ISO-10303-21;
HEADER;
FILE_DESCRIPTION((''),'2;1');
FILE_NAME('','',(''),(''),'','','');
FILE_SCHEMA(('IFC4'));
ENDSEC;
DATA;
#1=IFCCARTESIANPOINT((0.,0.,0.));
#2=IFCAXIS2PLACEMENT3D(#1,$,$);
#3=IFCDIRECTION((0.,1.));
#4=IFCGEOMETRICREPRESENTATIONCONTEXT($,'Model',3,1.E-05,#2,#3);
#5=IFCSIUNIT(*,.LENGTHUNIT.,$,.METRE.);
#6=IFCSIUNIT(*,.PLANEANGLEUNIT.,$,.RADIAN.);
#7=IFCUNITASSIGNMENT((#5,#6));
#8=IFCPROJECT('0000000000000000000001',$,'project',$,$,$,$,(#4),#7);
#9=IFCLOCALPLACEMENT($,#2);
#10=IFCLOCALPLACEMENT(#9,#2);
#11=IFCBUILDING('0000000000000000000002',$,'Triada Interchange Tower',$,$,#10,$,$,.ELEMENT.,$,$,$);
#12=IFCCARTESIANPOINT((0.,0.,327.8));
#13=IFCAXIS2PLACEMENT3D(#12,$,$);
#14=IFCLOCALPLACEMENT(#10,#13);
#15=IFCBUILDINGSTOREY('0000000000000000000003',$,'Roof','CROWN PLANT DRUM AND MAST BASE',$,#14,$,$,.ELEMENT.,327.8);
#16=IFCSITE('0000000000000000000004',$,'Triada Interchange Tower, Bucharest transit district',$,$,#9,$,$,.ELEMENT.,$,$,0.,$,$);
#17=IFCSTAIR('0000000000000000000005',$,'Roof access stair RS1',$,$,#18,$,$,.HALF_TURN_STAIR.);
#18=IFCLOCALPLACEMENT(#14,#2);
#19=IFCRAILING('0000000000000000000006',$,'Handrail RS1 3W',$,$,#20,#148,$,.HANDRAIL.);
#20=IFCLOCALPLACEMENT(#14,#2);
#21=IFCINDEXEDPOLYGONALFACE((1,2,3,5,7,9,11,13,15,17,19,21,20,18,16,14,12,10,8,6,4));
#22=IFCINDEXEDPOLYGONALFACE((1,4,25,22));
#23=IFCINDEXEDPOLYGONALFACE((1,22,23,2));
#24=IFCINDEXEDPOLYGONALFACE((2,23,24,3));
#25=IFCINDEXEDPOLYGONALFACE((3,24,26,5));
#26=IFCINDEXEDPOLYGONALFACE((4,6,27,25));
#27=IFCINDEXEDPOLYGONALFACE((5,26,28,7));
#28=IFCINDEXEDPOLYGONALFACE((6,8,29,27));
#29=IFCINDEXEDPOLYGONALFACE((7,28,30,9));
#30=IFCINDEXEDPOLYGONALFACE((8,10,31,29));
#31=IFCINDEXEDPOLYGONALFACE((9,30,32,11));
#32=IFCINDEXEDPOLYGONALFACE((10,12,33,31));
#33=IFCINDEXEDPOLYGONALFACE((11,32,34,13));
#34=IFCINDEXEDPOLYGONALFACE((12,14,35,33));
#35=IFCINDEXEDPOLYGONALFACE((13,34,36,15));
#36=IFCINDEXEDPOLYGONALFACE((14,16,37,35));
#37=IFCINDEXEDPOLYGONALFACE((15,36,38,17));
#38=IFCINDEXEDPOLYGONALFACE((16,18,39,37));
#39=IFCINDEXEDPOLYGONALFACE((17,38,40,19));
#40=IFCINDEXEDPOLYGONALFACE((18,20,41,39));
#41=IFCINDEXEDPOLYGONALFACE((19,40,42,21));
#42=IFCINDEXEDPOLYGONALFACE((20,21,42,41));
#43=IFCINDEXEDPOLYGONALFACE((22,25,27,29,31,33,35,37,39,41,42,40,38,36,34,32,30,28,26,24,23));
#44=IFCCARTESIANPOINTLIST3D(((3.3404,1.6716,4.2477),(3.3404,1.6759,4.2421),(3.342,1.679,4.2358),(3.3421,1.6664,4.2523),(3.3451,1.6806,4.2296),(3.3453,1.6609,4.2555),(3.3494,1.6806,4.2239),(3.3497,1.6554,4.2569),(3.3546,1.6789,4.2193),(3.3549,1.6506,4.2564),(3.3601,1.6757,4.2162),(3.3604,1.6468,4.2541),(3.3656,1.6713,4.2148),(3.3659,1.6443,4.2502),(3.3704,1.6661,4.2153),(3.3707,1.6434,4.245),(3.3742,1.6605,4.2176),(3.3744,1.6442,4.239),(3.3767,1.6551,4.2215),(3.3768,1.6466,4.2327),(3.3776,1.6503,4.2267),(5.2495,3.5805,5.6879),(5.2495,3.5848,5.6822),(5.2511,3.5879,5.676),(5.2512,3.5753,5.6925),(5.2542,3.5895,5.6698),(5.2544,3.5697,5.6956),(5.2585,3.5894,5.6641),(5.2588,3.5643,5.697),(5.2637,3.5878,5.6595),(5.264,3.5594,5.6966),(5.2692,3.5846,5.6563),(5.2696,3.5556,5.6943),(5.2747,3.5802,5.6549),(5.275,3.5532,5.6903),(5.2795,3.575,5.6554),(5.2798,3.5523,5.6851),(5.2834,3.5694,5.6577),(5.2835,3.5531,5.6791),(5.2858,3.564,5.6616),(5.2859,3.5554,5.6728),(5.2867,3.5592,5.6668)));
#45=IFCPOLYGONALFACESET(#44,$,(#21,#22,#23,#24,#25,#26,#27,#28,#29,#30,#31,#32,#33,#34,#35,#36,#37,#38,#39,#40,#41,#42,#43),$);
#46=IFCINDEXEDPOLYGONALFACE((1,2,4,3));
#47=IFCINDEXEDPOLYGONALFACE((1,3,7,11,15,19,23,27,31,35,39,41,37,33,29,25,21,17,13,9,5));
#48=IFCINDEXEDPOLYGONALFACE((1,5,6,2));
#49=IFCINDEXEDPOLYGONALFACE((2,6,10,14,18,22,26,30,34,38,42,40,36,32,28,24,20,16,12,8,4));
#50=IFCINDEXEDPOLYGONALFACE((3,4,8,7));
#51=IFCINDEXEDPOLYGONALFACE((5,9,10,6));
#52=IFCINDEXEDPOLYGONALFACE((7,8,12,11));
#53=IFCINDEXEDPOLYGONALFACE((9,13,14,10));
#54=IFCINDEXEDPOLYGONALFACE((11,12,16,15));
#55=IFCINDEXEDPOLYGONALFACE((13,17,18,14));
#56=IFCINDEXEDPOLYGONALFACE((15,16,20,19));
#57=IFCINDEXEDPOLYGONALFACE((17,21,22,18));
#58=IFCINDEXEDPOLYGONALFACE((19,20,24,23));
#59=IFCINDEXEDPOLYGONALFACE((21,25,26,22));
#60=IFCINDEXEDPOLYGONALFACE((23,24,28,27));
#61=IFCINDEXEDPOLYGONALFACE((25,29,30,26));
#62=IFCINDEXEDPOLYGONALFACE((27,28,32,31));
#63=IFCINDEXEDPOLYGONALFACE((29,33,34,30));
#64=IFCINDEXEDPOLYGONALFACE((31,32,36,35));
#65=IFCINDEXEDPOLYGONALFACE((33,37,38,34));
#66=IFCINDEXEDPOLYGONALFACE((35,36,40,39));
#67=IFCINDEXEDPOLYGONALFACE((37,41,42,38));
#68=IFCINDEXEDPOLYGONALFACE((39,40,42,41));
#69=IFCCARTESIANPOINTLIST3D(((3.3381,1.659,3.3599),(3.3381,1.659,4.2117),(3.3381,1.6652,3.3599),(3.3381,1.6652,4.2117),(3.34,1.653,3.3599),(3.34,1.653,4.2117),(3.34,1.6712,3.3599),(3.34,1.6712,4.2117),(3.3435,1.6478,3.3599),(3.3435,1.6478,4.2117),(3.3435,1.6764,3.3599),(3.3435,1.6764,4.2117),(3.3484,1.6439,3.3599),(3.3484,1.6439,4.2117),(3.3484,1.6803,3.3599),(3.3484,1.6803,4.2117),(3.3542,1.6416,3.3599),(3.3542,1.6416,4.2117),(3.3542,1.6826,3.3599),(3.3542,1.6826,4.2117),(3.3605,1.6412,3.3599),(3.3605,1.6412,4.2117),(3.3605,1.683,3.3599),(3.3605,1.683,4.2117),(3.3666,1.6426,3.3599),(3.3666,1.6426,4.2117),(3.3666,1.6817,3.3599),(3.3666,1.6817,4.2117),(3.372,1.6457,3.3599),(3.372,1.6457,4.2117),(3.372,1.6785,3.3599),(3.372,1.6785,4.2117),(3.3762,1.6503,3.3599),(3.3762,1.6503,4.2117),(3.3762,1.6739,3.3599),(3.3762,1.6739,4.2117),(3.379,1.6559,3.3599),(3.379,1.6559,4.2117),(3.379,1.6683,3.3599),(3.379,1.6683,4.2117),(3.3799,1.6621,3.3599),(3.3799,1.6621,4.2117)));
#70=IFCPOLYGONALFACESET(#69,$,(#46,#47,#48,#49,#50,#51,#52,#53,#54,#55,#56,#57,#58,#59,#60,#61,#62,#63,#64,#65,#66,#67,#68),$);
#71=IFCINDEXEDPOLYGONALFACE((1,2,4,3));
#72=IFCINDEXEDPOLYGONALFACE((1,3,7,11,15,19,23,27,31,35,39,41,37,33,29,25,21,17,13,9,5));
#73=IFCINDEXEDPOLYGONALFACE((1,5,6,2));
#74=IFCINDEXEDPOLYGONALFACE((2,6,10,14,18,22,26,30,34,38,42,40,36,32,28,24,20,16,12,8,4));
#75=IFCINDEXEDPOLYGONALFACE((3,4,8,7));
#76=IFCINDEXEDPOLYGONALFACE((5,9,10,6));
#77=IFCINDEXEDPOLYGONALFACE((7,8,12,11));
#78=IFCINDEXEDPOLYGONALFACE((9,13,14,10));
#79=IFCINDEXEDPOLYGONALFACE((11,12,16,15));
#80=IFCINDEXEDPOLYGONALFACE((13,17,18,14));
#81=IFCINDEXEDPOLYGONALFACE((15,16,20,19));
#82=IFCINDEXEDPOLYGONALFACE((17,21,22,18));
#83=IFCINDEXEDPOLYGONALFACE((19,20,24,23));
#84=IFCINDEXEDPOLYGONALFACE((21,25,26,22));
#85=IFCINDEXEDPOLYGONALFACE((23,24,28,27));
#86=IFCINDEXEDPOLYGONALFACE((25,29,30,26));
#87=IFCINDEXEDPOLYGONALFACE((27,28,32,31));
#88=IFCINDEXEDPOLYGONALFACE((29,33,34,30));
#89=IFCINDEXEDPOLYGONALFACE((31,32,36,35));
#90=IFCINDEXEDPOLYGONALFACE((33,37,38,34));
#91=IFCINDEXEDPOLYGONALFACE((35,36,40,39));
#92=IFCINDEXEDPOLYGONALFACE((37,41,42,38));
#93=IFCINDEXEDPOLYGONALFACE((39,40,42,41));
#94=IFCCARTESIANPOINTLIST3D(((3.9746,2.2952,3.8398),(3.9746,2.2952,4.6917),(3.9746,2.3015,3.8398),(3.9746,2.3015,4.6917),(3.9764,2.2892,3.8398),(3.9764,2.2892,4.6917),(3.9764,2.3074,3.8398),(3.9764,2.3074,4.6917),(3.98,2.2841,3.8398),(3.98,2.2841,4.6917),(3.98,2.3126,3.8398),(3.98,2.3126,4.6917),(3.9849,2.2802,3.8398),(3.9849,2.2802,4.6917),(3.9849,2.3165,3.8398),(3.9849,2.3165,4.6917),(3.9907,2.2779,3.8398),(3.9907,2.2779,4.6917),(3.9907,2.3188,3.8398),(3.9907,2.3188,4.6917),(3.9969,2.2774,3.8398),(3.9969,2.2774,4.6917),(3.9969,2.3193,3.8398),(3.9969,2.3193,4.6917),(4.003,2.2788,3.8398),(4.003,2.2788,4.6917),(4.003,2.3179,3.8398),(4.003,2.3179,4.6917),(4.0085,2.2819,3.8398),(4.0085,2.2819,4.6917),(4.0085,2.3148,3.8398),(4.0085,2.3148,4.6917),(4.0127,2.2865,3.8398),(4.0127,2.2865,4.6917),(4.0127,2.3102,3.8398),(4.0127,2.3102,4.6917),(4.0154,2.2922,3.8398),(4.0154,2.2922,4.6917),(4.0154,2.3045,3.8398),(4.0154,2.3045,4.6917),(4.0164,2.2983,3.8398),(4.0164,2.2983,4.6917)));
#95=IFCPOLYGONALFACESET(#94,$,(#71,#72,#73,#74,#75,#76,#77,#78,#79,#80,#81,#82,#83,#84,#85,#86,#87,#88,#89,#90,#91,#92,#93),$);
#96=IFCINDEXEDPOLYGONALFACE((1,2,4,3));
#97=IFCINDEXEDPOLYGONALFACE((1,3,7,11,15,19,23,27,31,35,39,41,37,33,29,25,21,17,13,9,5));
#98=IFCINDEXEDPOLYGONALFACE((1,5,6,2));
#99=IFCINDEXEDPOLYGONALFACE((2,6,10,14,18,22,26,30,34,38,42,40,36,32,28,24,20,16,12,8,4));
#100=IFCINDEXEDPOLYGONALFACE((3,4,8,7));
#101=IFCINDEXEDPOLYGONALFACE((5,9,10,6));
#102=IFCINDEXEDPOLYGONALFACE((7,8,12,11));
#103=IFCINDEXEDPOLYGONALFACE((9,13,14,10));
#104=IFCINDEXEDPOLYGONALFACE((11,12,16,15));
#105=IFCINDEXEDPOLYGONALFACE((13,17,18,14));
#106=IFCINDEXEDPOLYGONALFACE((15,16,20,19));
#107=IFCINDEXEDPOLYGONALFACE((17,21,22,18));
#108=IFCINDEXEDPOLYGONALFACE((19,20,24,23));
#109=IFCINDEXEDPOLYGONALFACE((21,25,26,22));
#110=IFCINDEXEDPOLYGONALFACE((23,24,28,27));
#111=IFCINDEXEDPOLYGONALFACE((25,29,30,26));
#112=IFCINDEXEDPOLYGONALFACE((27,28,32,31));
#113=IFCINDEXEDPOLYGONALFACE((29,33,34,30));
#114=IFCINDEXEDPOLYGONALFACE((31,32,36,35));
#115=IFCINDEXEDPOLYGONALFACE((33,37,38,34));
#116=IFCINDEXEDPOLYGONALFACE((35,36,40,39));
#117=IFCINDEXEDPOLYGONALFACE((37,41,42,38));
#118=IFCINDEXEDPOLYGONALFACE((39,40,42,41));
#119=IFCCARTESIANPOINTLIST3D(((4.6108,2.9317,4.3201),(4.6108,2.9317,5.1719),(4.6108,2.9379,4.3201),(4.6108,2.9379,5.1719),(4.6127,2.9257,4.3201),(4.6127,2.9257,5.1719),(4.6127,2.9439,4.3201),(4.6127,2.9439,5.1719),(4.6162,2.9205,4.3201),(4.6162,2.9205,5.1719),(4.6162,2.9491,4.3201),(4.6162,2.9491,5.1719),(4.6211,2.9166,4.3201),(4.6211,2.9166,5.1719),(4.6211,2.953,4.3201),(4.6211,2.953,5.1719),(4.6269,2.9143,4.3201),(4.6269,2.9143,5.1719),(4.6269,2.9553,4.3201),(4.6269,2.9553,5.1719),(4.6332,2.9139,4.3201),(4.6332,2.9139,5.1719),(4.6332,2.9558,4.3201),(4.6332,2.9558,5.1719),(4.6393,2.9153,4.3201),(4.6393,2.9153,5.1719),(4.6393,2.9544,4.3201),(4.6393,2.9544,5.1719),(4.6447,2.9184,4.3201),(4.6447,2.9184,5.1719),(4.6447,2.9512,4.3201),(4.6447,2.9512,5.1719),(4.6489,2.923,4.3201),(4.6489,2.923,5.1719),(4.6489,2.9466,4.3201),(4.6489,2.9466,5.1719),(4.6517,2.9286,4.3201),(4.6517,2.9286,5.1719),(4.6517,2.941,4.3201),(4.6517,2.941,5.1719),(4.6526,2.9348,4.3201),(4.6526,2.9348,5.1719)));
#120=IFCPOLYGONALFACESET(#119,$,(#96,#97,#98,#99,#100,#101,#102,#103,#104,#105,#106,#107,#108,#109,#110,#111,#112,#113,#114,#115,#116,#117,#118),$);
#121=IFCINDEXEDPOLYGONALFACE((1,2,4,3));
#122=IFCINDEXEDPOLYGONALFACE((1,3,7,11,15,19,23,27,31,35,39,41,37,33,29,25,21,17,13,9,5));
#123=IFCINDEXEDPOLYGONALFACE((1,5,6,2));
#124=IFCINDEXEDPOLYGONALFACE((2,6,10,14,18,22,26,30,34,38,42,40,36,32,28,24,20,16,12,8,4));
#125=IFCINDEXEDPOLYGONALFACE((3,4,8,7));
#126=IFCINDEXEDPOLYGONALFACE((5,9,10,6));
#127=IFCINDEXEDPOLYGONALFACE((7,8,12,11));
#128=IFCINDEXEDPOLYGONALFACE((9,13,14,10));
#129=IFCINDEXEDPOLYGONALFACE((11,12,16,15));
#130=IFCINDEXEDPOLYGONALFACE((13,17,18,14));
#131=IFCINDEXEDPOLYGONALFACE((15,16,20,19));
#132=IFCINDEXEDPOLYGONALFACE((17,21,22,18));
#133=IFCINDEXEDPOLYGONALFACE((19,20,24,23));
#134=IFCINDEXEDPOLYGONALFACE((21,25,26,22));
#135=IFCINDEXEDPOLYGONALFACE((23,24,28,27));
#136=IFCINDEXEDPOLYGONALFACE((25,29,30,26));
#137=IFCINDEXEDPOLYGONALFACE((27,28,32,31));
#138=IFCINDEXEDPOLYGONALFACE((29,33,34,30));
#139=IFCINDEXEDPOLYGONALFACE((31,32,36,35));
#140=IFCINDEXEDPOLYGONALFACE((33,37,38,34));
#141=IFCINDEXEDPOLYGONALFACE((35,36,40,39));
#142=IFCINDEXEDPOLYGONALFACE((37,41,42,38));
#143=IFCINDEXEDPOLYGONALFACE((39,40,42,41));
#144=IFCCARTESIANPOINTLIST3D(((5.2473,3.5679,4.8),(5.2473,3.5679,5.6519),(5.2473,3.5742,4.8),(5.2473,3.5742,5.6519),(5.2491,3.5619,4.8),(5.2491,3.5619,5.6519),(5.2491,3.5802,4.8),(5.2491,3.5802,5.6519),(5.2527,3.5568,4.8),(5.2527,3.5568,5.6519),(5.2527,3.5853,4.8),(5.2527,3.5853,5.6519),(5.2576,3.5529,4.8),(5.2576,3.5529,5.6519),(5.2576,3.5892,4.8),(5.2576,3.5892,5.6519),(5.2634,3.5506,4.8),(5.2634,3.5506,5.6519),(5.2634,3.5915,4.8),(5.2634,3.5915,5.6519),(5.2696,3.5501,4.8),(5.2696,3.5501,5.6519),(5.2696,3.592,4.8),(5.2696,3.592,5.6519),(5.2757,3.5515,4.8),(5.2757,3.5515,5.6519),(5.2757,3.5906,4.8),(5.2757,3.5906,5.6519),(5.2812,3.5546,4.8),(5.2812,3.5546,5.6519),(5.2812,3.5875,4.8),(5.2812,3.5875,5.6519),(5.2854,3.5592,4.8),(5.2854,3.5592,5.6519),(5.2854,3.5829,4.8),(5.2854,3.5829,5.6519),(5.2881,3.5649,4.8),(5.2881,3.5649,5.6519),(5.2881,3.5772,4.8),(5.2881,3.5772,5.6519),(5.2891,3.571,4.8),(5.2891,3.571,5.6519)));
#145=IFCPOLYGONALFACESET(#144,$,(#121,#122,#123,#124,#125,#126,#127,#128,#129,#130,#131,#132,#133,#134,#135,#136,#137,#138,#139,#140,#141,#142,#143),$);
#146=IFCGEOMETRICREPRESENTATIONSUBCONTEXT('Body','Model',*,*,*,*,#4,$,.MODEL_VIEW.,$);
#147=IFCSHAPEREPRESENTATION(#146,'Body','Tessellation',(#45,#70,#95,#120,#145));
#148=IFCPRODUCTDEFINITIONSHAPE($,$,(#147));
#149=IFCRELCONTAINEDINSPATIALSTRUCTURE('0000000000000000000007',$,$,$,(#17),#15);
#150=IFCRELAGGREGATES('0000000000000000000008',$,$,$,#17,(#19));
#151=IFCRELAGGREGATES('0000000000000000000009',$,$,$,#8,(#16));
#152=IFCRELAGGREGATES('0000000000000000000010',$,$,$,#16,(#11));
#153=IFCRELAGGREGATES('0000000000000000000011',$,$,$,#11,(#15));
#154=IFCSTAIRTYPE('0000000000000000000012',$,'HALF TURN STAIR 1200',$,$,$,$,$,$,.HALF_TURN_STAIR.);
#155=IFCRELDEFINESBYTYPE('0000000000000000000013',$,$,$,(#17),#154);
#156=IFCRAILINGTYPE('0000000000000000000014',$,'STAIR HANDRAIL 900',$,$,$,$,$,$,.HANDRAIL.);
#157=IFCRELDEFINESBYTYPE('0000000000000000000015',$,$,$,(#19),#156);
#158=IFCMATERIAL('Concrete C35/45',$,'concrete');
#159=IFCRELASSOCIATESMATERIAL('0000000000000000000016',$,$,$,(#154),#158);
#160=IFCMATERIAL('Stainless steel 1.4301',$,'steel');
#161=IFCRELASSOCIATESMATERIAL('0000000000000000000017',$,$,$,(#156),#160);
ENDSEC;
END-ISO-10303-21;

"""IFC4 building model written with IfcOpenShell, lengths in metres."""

from ifc_helpers import new_model, si_unit, direction, frame, origin, origin_2d, place, context, subcontext, project, spatial, circle, extrude, material, type_object, element, aggregate, save


model = new_model("IFC4")

# Units and contexts
model_context = context("Model", 3, precision=1e-05, world=origin(), true_north=direction((0.0, 1.0)))
body_context = subcontext(model_context, "Body", "Model", "MODEL_VIEW")
ifc_project = project(units=[si_unit("LENGTHUNIT", "METRE"), si_unit("PLANEANGLEUNIT", "RADIAN")], contexts=[model_context])

# Site, building, storey
site_placement = place(None, origin())
site = spatial("IfcSite", under=ifc_project, at=site_placement, Name="Triada Interchange Tower, Bucharest transit district", CompositionType="ELEMENT", RefElevation=0.0)
building_placement = place(site_placement, origin())
building = spatial("IfcBuilding", under=site, at=building_placement, Name="Triada Interchange Tower", CompositionType="ELEMENT")
storey_placement = place(building_placement, frame((0.0, 0.0, 327.8)))
storey = spatial("IfcBuildingStorey", under=building, at=storey_placement, Name="Roof", Description="CROWN PLANT DRUM AND MAST BASE", CompositionType="ELEMENT", Elevation=327.8)

# Stair
ifc_material_1 = material(Name="Concrete C35/45", Category="concrete")
stair_type = type_object("IfcStairType", Name="HALF TURN STAIR 1200", PredefinedType="HALF_TURN_STAIR", material=ifc_material_1)
stair_placement = place(storey_placement, origin())
stair = element("IfcStair", 1, at=stair_placement, inside=storey, type_object=stair_type, Name="Roof access stair RS1", PredefinedType="HALF_TURN_STAIR")

# Railing
ifc_material_2 = material(Name="Stainless steel 1.4301", Category="steel")
railing_type = type_object("IfcRailingType", Name="STAIR HANDRAIL 900", PredefinedType="HANDRAIL", material=ifc_material_2)
railing_1_placement = place(storey_placement, frame((3.3589, 1.6621, 3.3599)))
railing_1 = element("IfcRailing", 2, at=railing_1_placement, type_object=railing_type, Name="Handrail RS1 3W", PredefinedType="HANDRAIL", context=body_context, shape_type="SweptSolid", body=[
    extrude(circle(Radius=0.0239, at=origin_2d()), frame((0.0, 0.0, 0.876), z_axis=(0.62393, 0.623851, 0.470661), x_axis=(-0.707062, 0.707152, 0.0)), (0.0, 0.0, 1.0), 3.0598),
    extrude(circle(Radius=0.021, at=origin_2d()), origin(), (0.0, 0.0, 1.0), 0.8518),
    extrude(circle(Radius=0.021, at=origin_2d()), frame((0.6365, 0.6362, 0.48)), (0.0, 0.0, 1.0), 0.8518),
    extrude(circle(Radius=0.021, at=origin_2d()), frame((1.2727, 1.2727, 0.9602)), (0.0, 0.0, 1.0), 0.8518),
    extrude(circle(Radius=0.021, at=origin_2d()), frame((1.9092, 1.9089, 1.4402)), (0.0, 0.0, 1.0), 0.8518),
])
aggregate(stair, [railing_1])

save(model, "model.ifc")
